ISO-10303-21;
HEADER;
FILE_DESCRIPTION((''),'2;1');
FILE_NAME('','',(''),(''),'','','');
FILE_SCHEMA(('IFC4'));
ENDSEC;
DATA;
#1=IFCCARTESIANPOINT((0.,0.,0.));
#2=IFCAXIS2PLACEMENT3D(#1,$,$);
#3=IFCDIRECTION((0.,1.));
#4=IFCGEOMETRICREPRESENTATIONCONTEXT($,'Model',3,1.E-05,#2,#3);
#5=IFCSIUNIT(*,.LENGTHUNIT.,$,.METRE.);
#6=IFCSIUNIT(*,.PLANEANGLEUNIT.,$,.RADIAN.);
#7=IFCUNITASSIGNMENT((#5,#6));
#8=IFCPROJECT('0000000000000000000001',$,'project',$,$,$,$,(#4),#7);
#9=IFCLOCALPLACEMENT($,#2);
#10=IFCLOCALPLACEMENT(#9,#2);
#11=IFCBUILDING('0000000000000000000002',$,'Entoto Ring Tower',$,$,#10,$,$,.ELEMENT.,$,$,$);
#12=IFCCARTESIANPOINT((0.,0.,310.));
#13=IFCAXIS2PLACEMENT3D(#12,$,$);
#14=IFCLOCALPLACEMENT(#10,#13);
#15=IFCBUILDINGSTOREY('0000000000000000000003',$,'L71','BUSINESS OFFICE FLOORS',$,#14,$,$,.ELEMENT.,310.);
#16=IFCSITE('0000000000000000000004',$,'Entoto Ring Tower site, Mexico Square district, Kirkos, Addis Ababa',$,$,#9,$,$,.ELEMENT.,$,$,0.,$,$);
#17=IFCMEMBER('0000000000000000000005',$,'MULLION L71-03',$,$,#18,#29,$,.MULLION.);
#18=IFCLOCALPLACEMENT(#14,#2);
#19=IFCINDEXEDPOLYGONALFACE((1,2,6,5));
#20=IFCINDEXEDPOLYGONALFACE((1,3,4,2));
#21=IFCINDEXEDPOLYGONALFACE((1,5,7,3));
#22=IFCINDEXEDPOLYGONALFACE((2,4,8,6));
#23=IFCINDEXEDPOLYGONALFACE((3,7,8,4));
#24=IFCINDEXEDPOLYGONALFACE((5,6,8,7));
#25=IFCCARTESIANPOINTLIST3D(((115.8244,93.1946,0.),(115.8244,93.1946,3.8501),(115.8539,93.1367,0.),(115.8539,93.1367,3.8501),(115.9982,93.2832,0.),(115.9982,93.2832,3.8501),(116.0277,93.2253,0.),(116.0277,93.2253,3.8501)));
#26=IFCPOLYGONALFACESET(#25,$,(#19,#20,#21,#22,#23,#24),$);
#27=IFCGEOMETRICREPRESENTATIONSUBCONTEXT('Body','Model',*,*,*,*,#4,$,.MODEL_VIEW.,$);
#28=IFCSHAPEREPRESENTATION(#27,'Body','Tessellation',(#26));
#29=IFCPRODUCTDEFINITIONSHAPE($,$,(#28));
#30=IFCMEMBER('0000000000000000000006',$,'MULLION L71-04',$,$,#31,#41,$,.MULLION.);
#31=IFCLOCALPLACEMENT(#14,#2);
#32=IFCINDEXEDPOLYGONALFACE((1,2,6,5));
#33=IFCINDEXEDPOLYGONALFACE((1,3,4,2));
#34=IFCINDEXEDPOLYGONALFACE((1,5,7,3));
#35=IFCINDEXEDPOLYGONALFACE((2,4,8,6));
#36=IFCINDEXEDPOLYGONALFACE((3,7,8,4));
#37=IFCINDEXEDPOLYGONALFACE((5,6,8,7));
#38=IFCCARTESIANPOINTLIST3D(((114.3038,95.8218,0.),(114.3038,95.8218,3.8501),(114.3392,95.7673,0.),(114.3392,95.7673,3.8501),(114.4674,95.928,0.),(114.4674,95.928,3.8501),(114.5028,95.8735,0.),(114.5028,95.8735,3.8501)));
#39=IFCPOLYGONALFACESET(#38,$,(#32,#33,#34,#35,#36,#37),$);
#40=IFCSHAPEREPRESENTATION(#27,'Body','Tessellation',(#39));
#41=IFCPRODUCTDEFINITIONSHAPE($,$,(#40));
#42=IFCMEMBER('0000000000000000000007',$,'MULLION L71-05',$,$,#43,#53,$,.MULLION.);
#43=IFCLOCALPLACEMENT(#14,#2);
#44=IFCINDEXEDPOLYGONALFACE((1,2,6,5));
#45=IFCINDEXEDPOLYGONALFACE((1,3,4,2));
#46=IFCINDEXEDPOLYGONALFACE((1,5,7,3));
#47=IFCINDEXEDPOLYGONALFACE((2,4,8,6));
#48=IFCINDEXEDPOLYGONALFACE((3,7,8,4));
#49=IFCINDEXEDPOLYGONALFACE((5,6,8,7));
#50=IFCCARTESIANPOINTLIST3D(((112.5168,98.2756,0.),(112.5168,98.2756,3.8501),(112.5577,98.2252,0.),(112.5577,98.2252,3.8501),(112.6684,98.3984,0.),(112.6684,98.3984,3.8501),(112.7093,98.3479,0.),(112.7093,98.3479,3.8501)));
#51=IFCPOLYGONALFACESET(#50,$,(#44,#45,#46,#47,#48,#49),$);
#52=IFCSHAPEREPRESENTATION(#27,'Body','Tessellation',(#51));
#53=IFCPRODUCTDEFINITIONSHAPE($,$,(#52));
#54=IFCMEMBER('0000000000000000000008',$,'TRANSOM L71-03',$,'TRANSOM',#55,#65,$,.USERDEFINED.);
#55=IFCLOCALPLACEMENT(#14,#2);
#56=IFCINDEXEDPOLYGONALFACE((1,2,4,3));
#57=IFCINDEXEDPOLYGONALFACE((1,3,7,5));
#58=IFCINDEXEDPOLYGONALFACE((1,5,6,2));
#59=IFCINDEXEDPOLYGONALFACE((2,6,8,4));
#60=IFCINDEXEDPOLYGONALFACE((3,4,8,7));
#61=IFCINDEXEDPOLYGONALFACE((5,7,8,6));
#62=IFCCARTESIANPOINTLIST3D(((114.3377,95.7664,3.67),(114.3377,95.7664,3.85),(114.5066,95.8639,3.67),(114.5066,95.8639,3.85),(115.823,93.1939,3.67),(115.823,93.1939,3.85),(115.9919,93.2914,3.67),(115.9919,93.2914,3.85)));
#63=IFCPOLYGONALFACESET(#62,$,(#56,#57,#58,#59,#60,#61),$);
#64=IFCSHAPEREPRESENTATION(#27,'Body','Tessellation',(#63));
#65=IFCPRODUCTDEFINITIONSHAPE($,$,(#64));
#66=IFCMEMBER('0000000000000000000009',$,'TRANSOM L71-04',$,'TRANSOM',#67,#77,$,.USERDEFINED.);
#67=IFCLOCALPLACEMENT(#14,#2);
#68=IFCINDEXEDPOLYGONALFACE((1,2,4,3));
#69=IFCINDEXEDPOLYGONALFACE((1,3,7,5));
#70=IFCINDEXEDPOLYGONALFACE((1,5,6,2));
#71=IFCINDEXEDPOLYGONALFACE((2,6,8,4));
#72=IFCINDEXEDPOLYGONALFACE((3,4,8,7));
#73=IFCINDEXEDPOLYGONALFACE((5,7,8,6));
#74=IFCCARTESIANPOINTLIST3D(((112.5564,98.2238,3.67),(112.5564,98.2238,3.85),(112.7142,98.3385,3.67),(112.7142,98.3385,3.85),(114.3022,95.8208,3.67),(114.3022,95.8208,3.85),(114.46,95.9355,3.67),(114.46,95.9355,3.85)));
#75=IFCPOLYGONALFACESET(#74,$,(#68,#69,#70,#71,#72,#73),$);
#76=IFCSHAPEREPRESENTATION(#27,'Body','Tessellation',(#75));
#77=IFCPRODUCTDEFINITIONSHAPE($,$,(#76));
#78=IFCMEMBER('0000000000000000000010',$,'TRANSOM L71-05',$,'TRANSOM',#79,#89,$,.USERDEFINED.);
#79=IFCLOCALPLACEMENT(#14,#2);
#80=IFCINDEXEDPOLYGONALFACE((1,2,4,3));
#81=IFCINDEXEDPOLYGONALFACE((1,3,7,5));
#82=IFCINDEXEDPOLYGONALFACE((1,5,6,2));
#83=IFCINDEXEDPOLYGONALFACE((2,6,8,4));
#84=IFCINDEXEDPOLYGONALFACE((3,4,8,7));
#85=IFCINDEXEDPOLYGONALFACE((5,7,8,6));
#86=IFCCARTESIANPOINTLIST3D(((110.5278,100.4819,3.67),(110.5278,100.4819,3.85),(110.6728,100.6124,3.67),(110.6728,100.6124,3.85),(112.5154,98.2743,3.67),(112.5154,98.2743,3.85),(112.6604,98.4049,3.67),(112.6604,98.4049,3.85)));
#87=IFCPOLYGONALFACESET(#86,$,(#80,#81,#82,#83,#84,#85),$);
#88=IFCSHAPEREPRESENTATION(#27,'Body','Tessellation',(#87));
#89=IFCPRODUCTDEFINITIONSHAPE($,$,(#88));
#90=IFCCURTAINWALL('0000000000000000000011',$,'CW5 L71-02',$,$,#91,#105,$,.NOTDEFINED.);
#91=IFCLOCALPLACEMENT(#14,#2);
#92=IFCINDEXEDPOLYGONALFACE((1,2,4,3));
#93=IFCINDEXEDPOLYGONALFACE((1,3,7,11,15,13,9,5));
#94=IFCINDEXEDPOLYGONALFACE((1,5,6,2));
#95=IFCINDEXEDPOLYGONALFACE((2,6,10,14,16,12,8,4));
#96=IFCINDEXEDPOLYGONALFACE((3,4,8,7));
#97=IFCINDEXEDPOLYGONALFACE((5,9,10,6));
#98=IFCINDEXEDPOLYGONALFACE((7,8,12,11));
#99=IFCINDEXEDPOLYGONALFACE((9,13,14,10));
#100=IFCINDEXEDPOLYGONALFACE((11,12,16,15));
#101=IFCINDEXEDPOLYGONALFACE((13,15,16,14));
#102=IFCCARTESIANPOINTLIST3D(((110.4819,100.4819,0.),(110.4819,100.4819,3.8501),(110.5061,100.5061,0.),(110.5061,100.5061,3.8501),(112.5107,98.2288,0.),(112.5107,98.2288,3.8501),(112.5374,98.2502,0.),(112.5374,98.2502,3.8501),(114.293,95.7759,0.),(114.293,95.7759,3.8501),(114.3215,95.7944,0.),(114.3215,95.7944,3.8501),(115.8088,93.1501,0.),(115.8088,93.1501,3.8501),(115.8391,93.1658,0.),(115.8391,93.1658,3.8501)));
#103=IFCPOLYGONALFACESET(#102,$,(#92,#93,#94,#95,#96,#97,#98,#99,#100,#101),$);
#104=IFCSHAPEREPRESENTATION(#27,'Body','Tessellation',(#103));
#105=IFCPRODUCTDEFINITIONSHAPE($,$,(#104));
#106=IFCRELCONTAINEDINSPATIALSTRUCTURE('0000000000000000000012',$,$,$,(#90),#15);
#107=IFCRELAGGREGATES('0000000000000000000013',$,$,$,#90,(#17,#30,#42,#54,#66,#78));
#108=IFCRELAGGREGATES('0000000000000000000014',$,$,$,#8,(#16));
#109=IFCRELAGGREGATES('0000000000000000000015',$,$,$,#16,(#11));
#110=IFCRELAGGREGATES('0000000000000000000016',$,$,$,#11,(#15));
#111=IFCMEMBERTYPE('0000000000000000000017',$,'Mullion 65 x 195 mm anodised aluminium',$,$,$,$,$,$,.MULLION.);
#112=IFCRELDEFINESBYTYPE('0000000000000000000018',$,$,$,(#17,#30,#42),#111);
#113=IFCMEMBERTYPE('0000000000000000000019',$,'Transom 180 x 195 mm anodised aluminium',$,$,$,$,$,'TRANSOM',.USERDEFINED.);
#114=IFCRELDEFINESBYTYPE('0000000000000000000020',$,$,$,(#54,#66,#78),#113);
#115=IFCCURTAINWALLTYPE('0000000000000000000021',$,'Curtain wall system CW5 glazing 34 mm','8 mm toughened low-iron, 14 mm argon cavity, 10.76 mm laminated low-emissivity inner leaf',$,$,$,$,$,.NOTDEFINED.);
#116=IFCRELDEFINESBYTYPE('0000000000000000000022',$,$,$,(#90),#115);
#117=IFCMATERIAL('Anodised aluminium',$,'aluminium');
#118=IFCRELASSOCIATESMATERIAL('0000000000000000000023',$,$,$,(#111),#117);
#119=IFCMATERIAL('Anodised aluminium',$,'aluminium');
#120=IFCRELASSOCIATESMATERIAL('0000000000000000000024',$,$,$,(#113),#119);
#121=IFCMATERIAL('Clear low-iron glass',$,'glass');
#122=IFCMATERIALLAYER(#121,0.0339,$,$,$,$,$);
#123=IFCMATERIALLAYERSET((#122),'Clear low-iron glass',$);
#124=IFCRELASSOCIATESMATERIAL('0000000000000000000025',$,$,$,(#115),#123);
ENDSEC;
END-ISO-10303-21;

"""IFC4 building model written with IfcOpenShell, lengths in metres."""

from ifc_helpers import new_model, si_unit, direction, frame, origin, origin_2d, place, context, subcontext, project, spatial, polyline, rectangle, outline, extrude, material, layer, layer_set, material_profile, profile_set, type_object, element, aggregate, save


model = new_model("IFC4")

# Units and contexts
model_context = context("Model", 3, precision=1e-05, world=origin(), true_north=direction((0.0, 1.0)))
body_context = subcontext(model_context, "Body", "Model", "MODEL_VIEW")
ifc_project = project(units=[si_unit("LENGTHUNIT", "METRE"), si_unit("PLANEANGLEUNIT", "RADIAN")], contexts=[model_context])

# Members
ifc_material_1 = material(Name="Anodised aluminium", Category="aluminium")
ifc_material_profile_1 = material_profile(ifc_material_1, rectangle(XDim=0.0649, YDim=0.1951, at=origin_2d()), Name="Mullion 65 x 195 mm anodised aluminium")
ifc_profile_set_1 = profile_set([ifc_material_profile_1], Name="Anodised aluminium")
member_type_1 = type_object("IfcMemberType", Name="Mullion 65 x 195 mm anodised aluminium", PredefinedType="MULLION", material=ifc_profile_set_1)
site_placement = place(None, origin())
building_placement = place(site_placement, origin())
storey_placement = place(building_placement, frame((0.0, 0.0, 310.0)))
member_1_placement = place(storey_placement, frame((115.926, 93.21, 0.0), z_axis=(0.0, 0.0, 1.0), x_axis=(-0.45399, 0.891007, 0.0)))
member_1 = element("IfcMember", 1, at=member_1_placement, type_object=member_type_1, Name="MULLION L71-03", PredefinedType="MULLION", context=body_context, shape_type="SweptSolid", body=[
    extrude(rectangle(XDim=0.0649, YDim=0.1951, at=origin_2d()), origin(), (0.0, 0.0, 1.0), 3.8501),
])
member_2_placement = place(storey_placement, frame((114.4033, 95.8477, 0.0), z_axis=(0.0, 0.0, 1.0), x_axis=(-0.544639, 0.838671, 0.0)))
member_2 = element("IfcMember", 2, at=member_2_placement, type_object=member_type_1, Name="MULLION L71-04", PredefinedType="MULLION", context=body_context, shape_type="SweptSolid", body=[
    extrude(rectangle(XDim=0.0649, YDim=0.1951, at=origin_2d()), origin(), (0.0, 0.0, 1.0), 3.8501),
])
member_3_placement = place(storey_placement, frame((112.613, 98.3118, 0.0), z_axis=(0.0, 0.0, 1.0), x_axis=(-0.62932, 0.777146, 0.0)))
member_3 = element("IfcMember", 3, at=member_3_placement, type_object=member_type_1, Name="MULLION L71-05", PredefinedType="MULLION", context=body_context, shape_type="SweptSolid", body=[
    extrude(rectangle(XDim=0.0649, YDim=0.1951, at=origin_2d()), origin(), (0.0, 0.0, 1.0), 3.8501),
])
ifc_material_2 = material(Name="Anodised aluminium", Category="aluminium")
ifc_material_profile_2 = material_profile(ifc_material_2, rectangle(XDim=0.1951, YDim=0.1799, at=origin_2d()), Name="Transom 180 x 195 mm anodised aluminium")
ifc_profile_set_2 = profile_set([ifc_material_profile_2], Name="Anodised aluminium")
member_type_2 = type_object("IfcMemberType", Name="Transom 180 x 195 mm anodised aluminium", ElementType="TRANSOM", PredefinedType="USERDEFINED", material=ifc_profile_set_2)
member_4_placement = place(storey_placement, frame((115.9075, 93.2427, 3.76), z_axis=(-0.500028, 0.866009, 0.0), x_axis=(-0.866009, -0.500028, 0.0)))
member_4 = element("IfcMember", 4, at=member_4_placement, type_object=member_type_2, Name="TRANSOM L71-03", ObjectType="TRANSOM", PredefinedType="USERDEFINED", context=body_context, shape_type="SweptSolid", body=[
    extrude(rectangle(XDim=0.1951, YDim=0.1799, at=origin_2d()), origin(), (0.0, 0.0, 1.0), 2.9705),
])
member_5_placement = place(storey_placement, frame((114.3811, 95.8782, 3.76), z_axis=(-0.587766, 0.809031, 0.0), x_axis=(-0.809031, -0.587766, 0.0)))
member_5 = element("IfcMember", 5, at=member_5_placement, type_object=member_type_2, Name="TRANSOM L71-04", ObjectType="TRANSOM", PredefinedType="USERDEFINED", context=body_context, shape_type="SweptSolid", body=[
    extrude(rectangle(XDim=0.1951, YDim=0.1799, at=origin_2d()), origin(), (0.0, 0.0, 1.0), 2.9702),
])
member_6_placement = place(storey_placement, frame((112.5879, 98.3396, 3.76), z_axis=(-0.66911, 0.743163, 0.0), x_axis=(-0.743163, -0.66911, 0.0)))
member_6 = element("IfcMember", 6, at=member_6_placement, type_object=member_type_2, Name="TRANSOM L71-05", ObjectType="TRANSOM", PredefinedType="USERDEFINED", context=body_context, shape_type="SweptSolid", body=[
    extrude(rectangle(XDim=0.1951, YDim=0.1799, at=origin_2d()), origin(), (0.0, 0.0, 1.0), 2.9705),
])

# Site, building, storey
site = spatial("IfcSite", under=ifc_project, at=site_placement, Name="Entoto Ring Tower site, Mexico Square district, Kirkos, Addis Ababa", CompositionType="ELEMENT", RefElevation=0.0)
building = spatial("IfcBuilding", under=site, at=building_placement, Name="Entoto Ring Tower", CompositionType="ELEMENT")
storey = spatial("IfcBuildingStorey", under=building, at=storey_placement, Name="L71", Description="BUSINESS OFFICE FLOORS", CompositionType="ELEMENT", Elevation=310.0)

# Curtain wall
ifc_material_3 = material(Name="Clear low-iron glass", Category="glass")
ifc_layer_1 = layer(ifc_material_3, 0.0339)
ifc_layer_set_1 = layer_set([ifc_layer_1], Name="Clear low-iron glass")
curtain_wall_type = type_object("IfcCurtainWallType", Name="Curtain wall system CW5 glazing 34 mm", Description="8 mm toughened low-iron, 14 mm argon cavity, 10.76 mm laminated low-emissivity inner leaf", PredefinedType="NOTDEFINED", material=ifc_layer_set_1)
curtain_wall_1_placement = place(storey_placement, origin())
curtain_wall_1 = element("IfcCurtainWall", 7, at=curtain_wall_1_placement, inside=storey, type_object=curtain_wall_type, Name="CW5 L71-02", PredefinedType="NOTDEFINED", context=body_context, shape_type="SweptSolid", body=[
    extrude(outline(polyline([(115.8391, 93.1658), (114.3215, 95.7944), (112.5374, 98.2502), (110.5061, 100.5061), (110.4819, 100.4819), (112.5107, 98.2288), (114.293, 95.7759), (115.8088, 93.1501), (115.8391, 93.1658)])), origin(), (0.0, 0.0, 1.0), 3.8501),
])
aggregate(curtain_wall_1, [member_1, member_2, member_3, member_4, member_5, member_6])

save(model, "model.ifc")
